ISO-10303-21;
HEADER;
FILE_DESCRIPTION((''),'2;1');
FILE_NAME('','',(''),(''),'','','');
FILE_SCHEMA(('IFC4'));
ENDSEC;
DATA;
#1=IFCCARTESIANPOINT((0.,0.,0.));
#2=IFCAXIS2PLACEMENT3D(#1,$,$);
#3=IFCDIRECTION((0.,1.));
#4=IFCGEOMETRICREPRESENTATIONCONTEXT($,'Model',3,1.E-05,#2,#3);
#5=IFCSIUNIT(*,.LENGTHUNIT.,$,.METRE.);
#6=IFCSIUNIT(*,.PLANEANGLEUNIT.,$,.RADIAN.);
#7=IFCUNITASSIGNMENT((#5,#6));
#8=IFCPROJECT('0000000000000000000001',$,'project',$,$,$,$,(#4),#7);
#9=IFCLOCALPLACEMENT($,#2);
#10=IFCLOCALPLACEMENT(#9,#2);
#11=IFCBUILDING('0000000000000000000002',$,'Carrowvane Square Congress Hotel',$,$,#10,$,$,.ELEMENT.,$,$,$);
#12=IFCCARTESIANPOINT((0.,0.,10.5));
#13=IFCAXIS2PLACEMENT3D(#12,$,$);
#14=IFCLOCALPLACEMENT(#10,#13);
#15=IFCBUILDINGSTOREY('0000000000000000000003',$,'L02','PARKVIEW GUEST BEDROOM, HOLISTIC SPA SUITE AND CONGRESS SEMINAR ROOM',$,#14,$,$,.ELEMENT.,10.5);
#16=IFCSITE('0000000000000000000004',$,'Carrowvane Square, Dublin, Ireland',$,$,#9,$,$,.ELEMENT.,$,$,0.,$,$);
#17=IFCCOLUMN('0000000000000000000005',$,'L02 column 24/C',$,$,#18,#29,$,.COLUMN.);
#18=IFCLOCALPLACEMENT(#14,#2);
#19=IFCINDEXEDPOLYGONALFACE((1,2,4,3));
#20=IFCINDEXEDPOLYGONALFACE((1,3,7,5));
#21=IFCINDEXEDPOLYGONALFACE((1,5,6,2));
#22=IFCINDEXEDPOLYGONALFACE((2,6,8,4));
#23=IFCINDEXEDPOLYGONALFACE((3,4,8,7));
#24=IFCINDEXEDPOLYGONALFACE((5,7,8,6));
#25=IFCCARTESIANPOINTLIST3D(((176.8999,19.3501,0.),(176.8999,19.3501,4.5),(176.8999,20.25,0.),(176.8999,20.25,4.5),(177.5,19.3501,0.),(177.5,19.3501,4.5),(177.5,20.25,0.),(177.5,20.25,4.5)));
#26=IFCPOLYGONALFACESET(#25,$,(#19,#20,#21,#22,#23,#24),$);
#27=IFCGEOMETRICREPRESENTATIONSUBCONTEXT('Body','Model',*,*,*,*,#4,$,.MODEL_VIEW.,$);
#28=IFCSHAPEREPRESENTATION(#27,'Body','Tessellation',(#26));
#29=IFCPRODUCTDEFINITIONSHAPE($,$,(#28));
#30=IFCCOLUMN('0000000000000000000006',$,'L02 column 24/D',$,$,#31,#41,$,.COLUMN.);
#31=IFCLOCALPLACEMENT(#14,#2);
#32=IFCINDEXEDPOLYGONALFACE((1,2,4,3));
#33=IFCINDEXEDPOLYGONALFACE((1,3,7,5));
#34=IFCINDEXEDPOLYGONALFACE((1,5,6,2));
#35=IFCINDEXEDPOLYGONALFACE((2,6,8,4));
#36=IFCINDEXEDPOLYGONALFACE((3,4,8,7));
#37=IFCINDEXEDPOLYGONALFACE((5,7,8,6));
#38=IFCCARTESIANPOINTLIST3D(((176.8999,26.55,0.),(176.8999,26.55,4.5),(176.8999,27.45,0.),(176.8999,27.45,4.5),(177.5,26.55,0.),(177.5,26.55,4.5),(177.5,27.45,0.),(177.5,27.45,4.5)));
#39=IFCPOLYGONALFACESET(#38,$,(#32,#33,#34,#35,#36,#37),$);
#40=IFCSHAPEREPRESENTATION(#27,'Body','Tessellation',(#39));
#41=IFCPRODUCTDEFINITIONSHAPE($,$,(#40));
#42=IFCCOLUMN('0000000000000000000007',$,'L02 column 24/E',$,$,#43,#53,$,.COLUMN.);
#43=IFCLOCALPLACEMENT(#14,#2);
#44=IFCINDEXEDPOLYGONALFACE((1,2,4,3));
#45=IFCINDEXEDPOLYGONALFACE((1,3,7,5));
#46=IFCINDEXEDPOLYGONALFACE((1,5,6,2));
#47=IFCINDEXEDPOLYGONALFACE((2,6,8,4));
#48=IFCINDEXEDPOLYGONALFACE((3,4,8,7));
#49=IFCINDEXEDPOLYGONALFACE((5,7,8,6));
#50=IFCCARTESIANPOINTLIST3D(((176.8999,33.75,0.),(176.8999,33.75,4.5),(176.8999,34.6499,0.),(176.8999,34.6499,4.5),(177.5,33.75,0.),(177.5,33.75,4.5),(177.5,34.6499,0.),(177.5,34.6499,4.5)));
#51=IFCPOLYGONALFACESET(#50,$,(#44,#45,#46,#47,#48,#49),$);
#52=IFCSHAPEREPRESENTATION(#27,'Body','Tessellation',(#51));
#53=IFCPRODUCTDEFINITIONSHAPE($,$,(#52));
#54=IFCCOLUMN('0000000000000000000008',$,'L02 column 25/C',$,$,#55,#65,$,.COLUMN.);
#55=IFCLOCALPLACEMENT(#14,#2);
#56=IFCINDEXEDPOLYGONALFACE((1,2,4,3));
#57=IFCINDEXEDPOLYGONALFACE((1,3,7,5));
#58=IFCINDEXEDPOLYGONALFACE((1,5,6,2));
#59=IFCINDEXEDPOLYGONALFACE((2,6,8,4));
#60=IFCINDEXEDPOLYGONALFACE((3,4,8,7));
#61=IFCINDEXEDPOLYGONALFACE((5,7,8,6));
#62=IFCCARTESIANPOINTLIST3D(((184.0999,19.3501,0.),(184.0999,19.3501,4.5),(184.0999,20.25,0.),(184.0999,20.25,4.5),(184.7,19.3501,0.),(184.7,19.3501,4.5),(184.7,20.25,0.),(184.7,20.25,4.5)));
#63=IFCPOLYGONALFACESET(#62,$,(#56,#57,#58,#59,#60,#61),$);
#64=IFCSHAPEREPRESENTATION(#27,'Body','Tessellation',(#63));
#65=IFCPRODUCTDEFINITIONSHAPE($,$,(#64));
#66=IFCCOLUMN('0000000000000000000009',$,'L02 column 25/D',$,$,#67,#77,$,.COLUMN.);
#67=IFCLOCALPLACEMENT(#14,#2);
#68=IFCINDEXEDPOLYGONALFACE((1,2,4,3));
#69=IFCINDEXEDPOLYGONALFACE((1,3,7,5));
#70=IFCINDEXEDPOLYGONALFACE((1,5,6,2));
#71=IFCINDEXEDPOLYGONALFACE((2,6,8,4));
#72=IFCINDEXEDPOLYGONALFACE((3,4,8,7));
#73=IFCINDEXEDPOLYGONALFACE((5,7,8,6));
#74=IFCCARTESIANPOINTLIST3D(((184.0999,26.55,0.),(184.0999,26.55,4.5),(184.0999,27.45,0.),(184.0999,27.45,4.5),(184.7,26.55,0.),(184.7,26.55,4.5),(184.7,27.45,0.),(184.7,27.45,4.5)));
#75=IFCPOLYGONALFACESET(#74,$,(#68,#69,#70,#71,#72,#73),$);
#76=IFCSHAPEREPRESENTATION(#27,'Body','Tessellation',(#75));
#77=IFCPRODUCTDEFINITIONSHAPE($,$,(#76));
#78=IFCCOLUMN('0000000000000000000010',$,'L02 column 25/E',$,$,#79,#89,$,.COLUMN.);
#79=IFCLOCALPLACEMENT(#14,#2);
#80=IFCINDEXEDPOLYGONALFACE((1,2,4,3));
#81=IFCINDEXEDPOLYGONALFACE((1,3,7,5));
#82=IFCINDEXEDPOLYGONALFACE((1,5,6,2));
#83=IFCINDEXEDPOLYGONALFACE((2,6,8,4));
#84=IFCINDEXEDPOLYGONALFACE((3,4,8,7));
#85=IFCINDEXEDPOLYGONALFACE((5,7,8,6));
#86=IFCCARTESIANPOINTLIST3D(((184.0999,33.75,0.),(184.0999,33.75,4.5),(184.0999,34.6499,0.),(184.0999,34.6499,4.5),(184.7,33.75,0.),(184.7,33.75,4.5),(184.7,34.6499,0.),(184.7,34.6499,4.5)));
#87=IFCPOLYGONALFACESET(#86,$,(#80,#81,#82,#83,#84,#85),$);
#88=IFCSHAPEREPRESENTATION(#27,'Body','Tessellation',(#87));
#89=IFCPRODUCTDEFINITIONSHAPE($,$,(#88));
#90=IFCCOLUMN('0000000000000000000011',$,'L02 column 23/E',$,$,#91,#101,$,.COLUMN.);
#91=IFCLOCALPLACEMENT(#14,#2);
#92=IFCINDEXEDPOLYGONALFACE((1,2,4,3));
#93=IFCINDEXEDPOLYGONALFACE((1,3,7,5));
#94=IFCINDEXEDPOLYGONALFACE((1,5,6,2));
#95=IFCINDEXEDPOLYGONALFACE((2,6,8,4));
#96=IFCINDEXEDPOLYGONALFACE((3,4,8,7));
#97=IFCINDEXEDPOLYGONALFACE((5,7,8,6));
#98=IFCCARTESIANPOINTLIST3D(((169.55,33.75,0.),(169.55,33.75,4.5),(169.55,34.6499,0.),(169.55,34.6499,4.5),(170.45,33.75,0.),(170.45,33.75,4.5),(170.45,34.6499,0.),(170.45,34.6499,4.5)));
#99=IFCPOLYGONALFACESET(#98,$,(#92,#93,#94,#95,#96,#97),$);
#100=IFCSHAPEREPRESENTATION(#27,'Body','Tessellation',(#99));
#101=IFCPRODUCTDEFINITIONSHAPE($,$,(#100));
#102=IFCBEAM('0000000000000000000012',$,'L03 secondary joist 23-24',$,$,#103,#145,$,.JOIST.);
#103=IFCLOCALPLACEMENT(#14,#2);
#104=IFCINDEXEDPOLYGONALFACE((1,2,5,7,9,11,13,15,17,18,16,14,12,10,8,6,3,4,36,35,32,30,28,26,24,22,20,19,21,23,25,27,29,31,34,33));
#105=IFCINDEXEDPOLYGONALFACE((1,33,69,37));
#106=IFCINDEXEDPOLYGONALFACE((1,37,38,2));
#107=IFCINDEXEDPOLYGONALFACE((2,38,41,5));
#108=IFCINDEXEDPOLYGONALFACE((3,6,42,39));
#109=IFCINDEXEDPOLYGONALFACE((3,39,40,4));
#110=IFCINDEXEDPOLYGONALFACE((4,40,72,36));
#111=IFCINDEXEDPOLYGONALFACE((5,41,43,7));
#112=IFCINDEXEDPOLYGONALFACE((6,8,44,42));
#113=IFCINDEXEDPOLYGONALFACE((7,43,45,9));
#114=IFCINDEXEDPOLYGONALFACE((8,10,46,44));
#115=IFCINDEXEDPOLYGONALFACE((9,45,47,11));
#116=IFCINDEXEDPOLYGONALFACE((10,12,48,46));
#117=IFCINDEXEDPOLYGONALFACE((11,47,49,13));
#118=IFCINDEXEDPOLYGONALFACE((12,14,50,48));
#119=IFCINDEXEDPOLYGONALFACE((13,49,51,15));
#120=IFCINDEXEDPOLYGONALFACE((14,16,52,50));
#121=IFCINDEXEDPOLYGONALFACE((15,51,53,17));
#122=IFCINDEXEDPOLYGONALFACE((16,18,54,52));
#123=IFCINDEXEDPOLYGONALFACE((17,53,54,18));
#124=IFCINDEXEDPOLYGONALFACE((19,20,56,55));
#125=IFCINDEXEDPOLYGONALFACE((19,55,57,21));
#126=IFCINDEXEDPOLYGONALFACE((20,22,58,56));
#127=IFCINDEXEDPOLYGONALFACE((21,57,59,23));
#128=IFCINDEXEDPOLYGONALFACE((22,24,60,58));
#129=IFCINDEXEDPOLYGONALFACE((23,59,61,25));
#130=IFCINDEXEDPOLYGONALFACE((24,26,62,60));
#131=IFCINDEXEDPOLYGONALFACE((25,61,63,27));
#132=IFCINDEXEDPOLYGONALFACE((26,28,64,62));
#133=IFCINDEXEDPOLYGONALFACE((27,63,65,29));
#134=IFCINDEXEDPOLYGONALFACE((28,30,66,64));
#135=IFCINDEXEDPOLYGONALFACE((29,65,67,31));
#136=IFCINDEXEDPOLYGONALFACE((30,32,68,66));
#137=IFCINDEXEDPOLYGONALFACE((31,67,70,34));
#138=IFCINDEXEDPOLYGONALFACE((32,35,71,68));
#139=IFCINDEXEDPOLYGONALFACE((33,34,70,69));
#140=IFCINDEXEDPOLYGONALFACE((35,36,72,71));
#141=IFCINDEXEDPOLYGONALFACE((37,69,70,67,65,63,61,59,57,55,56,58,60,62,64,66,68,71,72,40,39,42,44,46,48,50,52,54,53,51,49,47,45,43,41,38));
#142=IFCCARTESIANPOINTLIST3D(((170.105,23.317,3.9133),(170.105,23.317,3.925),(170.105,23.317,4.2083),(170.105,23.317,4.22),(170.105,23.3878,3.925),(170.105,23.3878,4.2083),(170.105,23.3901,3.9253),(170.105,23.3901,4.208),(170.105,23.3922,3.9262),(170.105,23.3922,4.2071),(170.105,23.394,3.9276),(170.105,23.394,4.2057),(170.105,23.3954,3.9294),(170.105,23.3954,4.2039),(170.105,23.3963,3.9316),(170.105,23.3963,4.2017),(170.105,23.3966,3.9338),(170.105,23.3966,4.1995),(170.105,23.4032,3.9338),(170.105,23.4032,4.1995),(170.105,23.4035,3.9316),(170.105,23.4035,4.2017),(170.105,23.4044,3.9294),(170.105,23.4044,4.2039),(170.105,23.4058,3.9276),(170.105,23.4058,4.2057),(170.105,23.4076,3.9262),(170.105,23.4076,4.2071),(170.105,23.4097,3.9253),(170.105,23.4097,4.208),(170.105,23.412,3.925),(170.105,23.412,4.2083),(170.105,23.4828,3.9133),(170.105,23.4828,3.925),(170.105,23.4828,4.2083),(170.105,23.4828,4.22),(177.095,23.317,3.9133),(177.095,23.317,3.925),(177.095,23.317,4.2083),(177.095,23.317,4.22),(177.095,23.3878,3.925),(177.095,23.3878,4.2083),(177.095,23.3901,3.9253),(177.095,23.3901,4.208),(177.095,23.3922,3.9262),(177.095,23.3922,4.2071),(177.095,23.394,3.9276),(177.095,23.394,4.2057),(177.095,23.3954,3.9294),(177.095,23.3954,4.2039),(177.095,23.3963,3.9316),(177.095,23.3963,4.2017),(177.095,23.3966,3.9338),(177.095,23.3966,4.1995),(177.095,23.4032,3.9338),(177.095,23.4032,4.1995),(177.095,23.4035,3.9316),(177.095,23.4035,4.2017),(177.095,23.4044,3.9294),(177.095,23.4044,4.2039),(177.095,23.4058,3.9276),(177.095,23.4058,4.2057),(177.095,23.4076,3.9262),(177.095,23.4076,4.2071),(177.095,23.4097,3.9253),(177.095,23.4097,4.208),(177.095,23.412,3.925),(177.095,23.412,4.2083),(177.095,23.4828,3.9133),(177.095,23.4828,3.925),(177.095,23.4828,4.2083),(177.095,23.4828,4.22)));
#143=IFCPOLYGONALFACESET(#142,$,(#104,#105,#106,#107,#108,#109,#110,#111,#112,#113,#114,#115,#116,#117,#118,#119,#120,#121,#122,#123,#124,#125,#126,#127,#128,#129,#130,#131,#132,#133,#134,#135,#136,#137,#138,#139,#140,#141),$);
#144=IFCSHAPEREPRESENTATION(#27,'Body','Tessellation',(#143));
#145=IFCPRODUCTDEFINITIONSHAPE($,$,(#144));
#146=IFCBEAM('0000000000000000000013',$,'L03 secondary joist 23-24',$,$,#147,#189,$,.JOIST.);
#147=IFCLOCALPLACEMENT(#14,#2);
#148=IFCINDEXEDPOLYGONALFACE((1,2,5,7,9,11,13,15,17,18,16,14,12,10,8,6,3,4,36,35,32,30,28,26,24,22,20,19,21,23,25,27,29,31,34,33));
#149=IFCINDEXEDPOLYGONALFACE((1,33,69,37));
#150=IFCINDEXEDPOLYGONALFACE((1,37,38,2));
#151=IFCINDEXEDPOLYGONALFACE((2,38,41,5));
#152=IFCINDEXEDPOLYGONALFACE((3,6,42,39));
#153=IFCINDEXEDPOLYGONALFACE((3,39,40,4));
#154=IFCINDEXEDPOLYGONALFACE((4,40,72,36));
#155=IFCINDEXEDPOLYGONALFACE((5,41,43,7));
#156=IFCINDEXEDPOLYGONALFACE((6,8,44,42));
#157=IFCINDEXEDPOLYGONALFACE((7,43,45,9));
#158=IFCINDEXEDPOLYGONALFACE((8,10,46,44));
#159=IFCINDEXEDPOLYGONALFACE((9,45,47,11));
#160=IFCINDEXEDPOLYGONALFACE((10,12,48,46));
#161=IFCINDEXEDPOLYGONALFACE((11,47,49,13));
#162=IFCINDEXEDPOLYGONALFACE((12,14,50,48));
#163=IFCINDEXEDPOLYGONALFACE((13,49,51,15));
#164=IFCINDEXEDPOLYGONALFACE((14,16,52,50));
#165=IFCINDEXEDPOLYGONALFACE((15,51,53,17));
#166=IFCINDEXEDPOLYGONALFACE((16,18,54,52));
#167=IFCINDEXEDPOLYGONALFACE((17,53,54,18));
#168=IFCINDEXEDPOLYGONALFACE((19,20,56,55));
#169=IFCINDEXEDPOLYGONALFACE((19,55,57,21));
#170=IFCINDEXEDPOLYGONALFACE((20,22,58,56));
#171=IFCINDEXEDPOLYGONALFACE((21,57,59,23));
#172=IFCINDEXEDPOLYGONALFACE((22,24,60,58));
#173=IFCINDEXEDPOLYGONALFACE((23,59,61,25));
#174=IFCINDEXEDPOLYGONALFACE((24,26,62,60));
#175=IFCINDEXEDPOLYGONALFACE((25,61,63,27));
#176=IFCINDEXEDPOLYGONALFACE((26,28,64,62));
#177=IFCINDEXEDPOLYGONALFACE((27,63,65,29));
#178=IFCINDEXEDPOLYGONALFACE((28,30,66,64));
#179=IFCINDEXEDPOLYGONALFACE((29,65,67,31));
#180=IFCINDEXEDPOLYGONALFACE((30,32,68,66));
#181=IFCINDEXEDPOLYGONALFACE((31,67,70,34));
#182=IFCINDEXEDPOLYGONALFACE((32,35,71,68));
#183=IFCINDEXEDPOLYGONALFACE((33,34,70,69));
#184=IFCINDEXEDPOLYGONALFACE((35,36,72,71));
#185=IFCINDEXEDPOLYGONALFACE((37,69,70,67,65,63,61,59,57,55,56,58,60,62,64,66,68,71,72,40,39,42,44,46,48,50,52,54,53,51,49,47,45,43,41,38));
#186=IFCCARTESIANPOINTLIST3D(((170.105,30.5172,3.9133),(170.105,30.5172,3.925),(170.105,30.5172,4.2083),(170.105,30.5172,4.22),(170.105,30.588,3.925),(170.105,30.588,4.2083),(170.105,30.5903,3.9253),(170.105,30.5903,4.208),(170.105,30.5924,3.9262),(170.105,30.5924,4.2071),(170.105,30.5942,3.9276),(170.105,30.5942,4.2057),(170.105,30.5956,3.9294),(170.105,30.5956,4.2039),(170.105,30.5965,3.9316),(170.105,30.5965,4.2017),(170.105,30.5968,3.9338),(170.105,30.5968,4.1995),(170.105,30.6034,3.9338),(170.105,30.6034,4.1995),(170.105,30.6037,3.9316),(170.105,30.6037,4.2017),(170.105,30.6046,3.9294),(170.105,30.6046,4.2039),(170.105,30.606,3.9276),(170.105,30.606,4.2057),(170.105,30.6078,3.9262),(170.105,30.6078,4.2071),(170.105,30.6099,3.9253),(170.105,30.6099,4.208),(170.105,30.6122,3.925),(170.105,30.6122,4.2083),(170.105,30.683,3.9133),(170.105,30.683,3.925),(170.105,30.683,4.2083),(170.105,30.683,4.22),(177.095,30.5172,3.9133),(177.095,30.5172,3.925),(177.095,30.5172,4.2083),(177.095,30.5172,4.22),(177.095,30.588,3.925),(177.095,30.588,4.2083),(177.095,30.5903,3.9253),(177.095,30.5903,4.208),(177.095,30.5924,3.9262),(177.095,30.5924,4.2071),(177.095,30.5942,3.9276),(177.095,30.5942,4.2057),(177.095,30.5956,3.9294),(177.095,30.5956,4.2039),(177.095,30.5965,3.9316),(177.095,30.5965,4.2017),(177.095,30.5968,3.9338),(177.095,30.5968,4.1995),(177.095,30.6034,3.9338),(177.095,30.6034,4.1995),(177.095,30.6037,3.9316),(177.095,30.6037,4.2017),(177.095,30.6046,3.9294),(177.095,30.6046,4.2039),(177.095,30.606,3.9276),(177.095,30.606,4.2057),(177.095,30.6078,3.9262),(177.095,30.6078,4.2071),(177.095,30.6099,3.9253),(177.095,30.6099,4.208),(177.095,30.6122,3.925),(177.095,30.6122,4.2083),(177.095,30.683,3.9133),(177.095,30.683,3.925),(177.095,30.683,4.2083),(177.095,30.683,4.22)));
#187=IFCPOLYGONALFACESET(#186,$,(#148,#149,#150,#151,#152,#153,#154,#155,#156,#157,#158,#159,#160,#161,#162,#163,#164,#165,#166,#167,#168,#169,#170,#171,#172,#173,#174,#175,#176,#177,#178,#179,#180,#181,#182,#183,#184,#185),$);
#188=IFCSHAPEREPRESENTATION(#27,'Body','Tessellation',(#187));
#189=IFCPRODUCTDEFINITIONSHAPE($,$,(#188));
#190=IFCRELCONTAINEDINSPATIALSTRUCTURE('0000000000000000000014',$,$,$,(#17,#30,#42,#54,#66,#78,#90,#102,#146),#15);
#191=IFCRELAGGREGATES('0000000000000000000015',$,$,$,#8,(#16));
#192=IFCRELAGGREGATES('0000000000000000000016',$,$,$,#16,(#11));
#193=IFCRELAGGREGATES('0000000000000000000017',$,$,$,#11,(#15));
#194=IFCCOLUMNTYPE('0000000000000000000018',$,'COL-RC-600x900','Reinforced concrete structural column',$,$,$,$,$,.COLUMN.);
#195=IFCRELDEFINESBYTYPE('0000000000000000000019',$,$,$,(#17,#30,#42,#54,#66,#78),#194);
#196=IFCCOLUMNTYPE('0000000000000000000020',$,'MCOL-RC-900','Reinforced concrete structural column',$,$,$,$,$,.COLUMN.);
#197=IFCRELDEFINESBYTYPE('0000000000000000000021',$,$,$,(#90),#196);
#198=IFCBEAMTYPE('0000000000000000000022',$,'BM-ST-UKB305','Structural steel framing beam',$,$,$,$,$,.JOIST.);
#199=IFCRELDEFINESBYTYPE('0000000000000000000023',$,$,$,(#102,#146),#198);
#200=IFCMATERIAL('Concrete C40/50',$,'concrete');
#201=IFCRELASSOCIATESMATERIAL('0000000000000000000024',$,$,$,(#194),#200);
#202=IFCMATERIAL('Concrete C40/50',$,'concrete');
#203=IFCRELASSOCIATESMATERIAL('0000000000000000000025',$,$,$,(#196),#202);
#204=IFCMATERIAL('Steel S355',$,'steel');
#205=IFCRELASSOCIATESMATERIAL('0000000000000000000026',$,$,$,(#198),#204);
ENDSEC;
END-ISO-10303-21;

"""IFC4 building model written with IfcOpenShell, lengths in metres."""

from ifc_helpers import new_model, si_unit, direction, frame, origin, origin_2d, place, context, subcontext, project, spatial, rectangle, i_section, extrude, material, material_profile, profile_set, type_object, element, save


model = new_model("IFC4")

# Units and contexts
model_context = context("Model", 3, precision=1e-05, world=origin(), true_north=direction((0.0, 1.0)))
body_context = subcontext(model_context, "Body", "Model", "MODEL_VIEW")
ifc_project = project(units=[si_unit("LENGTHUNIT", "METRE"), si_unit("PLANEANGLEUNIT", "RADIAN")], contexts=[model_context])

# Site, building, storey
site_placement = place(None, origin())
site = spatial("IfcSite", under=ifc_project, at=site_placement, Name="Carrowvane Square, Dublin, Ireland", CompositionType="ELEMENT", RefElevation=0.0)
building_placement = place(site_placement, origin())
building = spatial("IfcBuilding", under=site, at=building_placement, Name="Carrowvane Square Congress Hotel", CompositionType="ELEMENT")
storey_placement = place(building_placement, frame((0.0, 0.0, 10.5)))
storey = spatial("IfcBuildingStorey", under=building, at=storey_placement, Name="L02", Description="PARKVIEW GUEST BEDROOM, HOLISTIC SPA SUITE AND CONGRESS SEMINAR ROOM", CompositionType="ELEMENT", Elevation=10.5)

# Columns
ifc_material_1 = material(Name="Concrete C40/50", Category="concrete")
ifc_material_profile_1 = material_profile(ifc_material_1, rectangle(XDim=0.6001, YDim=0.8999, at=origin_2d()), Name="RC 600x900")
ifc_profile_set_1 = profile_set([ifc_material_profile_1], Name="Concrete C40/50")
column_type_1 = type_object("IfcColumnType", Name="COL-RC-600x900", Description="Reinforced concrete structural column", PredefinedType="COLUMN", material=ifc_profile_set_1)
for number, where, z_axis, x_axis, name in (
    (1, (177.2, 19.8, 0.0), (0.0, 0.0, 1.0), (1.0, 0.0, 0.0), "L02 column 24/C"),
    (2, (177.2, 27.0, 0.0), (0.0, 0.0, 1.0), (1.0, 0.0, 0.0), "L02 column 24/D"),
    (3, (177.2, 34.2, 0.0), (0.0, 0.0, 1.0), (1.0, 0.0, 0.0), "L02 column 24/E"),
    (4, (184.3999, 19.8, 0.0), (0.0, 0.0, 1.0), (1.0, 0.0, 0.0), "L02 column 25/C"),
    (5, (184.3999, 27.0, 0.0), (0.0, 0.0, 1.0), (1.0, 0.0, 0.0), "L02 column 25/D"),
    (6, (184.3999, 34.2, 0.0), (0.0, 0.0, 1.0), (1.0, 0.0, 0.0), "L02 column 25/E"),
):
    element("IfcColumn", number, at=place(storey_placement, frame(where, z_axis=z_axis, x_axis=x_axis)), inside=storey, type_object=column_type_1, Name=name, PredefinedType="COLUMN", context=body_context, shape_type="SweptSolid", body=[
        extrude(rectangle(XDim=0.6001, YDim=0.8999, at=origin_2d()), origin(), (0.0, 0.0, 1.0), 4.5),
    ])
ifc_material_2 = material(Name="Concrete C40/50", Category="concrete")
ifc_material_profile_2 = material_profile(ifc_material_2, rectangle(XDim=0.8999, YDim=0.8999, at=origin_2d()), Name="RC 900x900")
ifc_profile_set_2 = profile_set([ifc_material_profile_2], Name="Concrete C40/50")
column_type_2 = type_object("IfcColumnType", Name="MCOL-RC-900", Description="Reinforced concrete structural column", PredefinedType="COLUMN", material=ifc_profile_set_2)
column_placement = place(storey_placement, frame((170.0, 34.2, 0.0), z_axis=(0.0, 0.0, 1.0), x_axis=(1.0, 0.0, 0.0)))
element("IfcColumn", 7, at=column_placement, inside=storey, type_object=column_type_2, Name="L02 column 23/E", PredefinedType="COLUMN", context=body_context, shape_type="SweptSolid", body=[
    extrude(rectangle(XDim=0.8999, YDim=0.8999, at=origin_2d()), origin(), (0.0, 0.0, 1.0), 4.5),
])

# Beams
ifc_material_3 = material(Name="Steel S355", Category="steel")
ifc_material_profile_3 = material_profile(ifc_material_3, i_section(OverallWidth=0.1658, OverallDepth=0.3066, WebThickness=0.0066, FlangeThickness=0.0117, FilletRadius=0.0088, at=origin_2d()), Name="UKB 305x165x46")
ifc_profile_set_3 = profile_set([ifc_material_profile_3], Name="Steel S355")
beam_type_1 = type_object("IfcBeamType", Name="BM-ST-UKB305", Description="Structural steel framing beam", PredefinedType="JOIST", material=ifc_profile_set_3)
for number, where, z_axis, x_axis, name in (
    (8, (170.105, 23.3999, 4.0667), (1.0, 0.0, 0.0), (0.0, 1.0, 0.0), "L03 secondary joist 23-24"),
    (9, (170.105, 30.6001, 4.0667), (1.0, 0.0, 0.0), (0.0, 1.0, 0.0), "L03 secondary joist 23-24"),
):
    element("IfcBeam", number, at=place(storey_placement, frame(where, z_axis=z_axis, x_axis=x_axis)), inside=storey, type_object=beam_type_1, Name=name, PredefinedType="JOIST", context=body_context, shape_type="SweptSolid", body=[
        extrude(i_section(OverallWidth=0.1658, OverallDepth=0.3066, WebThickness=0.0066, FlangeThickness=0.0117, FilletRadius=0.0088, at=origin_2d()), origin(), (0.0, 0.0, 1.0), 6.99),
    ])

save(model, "model.ifc")
